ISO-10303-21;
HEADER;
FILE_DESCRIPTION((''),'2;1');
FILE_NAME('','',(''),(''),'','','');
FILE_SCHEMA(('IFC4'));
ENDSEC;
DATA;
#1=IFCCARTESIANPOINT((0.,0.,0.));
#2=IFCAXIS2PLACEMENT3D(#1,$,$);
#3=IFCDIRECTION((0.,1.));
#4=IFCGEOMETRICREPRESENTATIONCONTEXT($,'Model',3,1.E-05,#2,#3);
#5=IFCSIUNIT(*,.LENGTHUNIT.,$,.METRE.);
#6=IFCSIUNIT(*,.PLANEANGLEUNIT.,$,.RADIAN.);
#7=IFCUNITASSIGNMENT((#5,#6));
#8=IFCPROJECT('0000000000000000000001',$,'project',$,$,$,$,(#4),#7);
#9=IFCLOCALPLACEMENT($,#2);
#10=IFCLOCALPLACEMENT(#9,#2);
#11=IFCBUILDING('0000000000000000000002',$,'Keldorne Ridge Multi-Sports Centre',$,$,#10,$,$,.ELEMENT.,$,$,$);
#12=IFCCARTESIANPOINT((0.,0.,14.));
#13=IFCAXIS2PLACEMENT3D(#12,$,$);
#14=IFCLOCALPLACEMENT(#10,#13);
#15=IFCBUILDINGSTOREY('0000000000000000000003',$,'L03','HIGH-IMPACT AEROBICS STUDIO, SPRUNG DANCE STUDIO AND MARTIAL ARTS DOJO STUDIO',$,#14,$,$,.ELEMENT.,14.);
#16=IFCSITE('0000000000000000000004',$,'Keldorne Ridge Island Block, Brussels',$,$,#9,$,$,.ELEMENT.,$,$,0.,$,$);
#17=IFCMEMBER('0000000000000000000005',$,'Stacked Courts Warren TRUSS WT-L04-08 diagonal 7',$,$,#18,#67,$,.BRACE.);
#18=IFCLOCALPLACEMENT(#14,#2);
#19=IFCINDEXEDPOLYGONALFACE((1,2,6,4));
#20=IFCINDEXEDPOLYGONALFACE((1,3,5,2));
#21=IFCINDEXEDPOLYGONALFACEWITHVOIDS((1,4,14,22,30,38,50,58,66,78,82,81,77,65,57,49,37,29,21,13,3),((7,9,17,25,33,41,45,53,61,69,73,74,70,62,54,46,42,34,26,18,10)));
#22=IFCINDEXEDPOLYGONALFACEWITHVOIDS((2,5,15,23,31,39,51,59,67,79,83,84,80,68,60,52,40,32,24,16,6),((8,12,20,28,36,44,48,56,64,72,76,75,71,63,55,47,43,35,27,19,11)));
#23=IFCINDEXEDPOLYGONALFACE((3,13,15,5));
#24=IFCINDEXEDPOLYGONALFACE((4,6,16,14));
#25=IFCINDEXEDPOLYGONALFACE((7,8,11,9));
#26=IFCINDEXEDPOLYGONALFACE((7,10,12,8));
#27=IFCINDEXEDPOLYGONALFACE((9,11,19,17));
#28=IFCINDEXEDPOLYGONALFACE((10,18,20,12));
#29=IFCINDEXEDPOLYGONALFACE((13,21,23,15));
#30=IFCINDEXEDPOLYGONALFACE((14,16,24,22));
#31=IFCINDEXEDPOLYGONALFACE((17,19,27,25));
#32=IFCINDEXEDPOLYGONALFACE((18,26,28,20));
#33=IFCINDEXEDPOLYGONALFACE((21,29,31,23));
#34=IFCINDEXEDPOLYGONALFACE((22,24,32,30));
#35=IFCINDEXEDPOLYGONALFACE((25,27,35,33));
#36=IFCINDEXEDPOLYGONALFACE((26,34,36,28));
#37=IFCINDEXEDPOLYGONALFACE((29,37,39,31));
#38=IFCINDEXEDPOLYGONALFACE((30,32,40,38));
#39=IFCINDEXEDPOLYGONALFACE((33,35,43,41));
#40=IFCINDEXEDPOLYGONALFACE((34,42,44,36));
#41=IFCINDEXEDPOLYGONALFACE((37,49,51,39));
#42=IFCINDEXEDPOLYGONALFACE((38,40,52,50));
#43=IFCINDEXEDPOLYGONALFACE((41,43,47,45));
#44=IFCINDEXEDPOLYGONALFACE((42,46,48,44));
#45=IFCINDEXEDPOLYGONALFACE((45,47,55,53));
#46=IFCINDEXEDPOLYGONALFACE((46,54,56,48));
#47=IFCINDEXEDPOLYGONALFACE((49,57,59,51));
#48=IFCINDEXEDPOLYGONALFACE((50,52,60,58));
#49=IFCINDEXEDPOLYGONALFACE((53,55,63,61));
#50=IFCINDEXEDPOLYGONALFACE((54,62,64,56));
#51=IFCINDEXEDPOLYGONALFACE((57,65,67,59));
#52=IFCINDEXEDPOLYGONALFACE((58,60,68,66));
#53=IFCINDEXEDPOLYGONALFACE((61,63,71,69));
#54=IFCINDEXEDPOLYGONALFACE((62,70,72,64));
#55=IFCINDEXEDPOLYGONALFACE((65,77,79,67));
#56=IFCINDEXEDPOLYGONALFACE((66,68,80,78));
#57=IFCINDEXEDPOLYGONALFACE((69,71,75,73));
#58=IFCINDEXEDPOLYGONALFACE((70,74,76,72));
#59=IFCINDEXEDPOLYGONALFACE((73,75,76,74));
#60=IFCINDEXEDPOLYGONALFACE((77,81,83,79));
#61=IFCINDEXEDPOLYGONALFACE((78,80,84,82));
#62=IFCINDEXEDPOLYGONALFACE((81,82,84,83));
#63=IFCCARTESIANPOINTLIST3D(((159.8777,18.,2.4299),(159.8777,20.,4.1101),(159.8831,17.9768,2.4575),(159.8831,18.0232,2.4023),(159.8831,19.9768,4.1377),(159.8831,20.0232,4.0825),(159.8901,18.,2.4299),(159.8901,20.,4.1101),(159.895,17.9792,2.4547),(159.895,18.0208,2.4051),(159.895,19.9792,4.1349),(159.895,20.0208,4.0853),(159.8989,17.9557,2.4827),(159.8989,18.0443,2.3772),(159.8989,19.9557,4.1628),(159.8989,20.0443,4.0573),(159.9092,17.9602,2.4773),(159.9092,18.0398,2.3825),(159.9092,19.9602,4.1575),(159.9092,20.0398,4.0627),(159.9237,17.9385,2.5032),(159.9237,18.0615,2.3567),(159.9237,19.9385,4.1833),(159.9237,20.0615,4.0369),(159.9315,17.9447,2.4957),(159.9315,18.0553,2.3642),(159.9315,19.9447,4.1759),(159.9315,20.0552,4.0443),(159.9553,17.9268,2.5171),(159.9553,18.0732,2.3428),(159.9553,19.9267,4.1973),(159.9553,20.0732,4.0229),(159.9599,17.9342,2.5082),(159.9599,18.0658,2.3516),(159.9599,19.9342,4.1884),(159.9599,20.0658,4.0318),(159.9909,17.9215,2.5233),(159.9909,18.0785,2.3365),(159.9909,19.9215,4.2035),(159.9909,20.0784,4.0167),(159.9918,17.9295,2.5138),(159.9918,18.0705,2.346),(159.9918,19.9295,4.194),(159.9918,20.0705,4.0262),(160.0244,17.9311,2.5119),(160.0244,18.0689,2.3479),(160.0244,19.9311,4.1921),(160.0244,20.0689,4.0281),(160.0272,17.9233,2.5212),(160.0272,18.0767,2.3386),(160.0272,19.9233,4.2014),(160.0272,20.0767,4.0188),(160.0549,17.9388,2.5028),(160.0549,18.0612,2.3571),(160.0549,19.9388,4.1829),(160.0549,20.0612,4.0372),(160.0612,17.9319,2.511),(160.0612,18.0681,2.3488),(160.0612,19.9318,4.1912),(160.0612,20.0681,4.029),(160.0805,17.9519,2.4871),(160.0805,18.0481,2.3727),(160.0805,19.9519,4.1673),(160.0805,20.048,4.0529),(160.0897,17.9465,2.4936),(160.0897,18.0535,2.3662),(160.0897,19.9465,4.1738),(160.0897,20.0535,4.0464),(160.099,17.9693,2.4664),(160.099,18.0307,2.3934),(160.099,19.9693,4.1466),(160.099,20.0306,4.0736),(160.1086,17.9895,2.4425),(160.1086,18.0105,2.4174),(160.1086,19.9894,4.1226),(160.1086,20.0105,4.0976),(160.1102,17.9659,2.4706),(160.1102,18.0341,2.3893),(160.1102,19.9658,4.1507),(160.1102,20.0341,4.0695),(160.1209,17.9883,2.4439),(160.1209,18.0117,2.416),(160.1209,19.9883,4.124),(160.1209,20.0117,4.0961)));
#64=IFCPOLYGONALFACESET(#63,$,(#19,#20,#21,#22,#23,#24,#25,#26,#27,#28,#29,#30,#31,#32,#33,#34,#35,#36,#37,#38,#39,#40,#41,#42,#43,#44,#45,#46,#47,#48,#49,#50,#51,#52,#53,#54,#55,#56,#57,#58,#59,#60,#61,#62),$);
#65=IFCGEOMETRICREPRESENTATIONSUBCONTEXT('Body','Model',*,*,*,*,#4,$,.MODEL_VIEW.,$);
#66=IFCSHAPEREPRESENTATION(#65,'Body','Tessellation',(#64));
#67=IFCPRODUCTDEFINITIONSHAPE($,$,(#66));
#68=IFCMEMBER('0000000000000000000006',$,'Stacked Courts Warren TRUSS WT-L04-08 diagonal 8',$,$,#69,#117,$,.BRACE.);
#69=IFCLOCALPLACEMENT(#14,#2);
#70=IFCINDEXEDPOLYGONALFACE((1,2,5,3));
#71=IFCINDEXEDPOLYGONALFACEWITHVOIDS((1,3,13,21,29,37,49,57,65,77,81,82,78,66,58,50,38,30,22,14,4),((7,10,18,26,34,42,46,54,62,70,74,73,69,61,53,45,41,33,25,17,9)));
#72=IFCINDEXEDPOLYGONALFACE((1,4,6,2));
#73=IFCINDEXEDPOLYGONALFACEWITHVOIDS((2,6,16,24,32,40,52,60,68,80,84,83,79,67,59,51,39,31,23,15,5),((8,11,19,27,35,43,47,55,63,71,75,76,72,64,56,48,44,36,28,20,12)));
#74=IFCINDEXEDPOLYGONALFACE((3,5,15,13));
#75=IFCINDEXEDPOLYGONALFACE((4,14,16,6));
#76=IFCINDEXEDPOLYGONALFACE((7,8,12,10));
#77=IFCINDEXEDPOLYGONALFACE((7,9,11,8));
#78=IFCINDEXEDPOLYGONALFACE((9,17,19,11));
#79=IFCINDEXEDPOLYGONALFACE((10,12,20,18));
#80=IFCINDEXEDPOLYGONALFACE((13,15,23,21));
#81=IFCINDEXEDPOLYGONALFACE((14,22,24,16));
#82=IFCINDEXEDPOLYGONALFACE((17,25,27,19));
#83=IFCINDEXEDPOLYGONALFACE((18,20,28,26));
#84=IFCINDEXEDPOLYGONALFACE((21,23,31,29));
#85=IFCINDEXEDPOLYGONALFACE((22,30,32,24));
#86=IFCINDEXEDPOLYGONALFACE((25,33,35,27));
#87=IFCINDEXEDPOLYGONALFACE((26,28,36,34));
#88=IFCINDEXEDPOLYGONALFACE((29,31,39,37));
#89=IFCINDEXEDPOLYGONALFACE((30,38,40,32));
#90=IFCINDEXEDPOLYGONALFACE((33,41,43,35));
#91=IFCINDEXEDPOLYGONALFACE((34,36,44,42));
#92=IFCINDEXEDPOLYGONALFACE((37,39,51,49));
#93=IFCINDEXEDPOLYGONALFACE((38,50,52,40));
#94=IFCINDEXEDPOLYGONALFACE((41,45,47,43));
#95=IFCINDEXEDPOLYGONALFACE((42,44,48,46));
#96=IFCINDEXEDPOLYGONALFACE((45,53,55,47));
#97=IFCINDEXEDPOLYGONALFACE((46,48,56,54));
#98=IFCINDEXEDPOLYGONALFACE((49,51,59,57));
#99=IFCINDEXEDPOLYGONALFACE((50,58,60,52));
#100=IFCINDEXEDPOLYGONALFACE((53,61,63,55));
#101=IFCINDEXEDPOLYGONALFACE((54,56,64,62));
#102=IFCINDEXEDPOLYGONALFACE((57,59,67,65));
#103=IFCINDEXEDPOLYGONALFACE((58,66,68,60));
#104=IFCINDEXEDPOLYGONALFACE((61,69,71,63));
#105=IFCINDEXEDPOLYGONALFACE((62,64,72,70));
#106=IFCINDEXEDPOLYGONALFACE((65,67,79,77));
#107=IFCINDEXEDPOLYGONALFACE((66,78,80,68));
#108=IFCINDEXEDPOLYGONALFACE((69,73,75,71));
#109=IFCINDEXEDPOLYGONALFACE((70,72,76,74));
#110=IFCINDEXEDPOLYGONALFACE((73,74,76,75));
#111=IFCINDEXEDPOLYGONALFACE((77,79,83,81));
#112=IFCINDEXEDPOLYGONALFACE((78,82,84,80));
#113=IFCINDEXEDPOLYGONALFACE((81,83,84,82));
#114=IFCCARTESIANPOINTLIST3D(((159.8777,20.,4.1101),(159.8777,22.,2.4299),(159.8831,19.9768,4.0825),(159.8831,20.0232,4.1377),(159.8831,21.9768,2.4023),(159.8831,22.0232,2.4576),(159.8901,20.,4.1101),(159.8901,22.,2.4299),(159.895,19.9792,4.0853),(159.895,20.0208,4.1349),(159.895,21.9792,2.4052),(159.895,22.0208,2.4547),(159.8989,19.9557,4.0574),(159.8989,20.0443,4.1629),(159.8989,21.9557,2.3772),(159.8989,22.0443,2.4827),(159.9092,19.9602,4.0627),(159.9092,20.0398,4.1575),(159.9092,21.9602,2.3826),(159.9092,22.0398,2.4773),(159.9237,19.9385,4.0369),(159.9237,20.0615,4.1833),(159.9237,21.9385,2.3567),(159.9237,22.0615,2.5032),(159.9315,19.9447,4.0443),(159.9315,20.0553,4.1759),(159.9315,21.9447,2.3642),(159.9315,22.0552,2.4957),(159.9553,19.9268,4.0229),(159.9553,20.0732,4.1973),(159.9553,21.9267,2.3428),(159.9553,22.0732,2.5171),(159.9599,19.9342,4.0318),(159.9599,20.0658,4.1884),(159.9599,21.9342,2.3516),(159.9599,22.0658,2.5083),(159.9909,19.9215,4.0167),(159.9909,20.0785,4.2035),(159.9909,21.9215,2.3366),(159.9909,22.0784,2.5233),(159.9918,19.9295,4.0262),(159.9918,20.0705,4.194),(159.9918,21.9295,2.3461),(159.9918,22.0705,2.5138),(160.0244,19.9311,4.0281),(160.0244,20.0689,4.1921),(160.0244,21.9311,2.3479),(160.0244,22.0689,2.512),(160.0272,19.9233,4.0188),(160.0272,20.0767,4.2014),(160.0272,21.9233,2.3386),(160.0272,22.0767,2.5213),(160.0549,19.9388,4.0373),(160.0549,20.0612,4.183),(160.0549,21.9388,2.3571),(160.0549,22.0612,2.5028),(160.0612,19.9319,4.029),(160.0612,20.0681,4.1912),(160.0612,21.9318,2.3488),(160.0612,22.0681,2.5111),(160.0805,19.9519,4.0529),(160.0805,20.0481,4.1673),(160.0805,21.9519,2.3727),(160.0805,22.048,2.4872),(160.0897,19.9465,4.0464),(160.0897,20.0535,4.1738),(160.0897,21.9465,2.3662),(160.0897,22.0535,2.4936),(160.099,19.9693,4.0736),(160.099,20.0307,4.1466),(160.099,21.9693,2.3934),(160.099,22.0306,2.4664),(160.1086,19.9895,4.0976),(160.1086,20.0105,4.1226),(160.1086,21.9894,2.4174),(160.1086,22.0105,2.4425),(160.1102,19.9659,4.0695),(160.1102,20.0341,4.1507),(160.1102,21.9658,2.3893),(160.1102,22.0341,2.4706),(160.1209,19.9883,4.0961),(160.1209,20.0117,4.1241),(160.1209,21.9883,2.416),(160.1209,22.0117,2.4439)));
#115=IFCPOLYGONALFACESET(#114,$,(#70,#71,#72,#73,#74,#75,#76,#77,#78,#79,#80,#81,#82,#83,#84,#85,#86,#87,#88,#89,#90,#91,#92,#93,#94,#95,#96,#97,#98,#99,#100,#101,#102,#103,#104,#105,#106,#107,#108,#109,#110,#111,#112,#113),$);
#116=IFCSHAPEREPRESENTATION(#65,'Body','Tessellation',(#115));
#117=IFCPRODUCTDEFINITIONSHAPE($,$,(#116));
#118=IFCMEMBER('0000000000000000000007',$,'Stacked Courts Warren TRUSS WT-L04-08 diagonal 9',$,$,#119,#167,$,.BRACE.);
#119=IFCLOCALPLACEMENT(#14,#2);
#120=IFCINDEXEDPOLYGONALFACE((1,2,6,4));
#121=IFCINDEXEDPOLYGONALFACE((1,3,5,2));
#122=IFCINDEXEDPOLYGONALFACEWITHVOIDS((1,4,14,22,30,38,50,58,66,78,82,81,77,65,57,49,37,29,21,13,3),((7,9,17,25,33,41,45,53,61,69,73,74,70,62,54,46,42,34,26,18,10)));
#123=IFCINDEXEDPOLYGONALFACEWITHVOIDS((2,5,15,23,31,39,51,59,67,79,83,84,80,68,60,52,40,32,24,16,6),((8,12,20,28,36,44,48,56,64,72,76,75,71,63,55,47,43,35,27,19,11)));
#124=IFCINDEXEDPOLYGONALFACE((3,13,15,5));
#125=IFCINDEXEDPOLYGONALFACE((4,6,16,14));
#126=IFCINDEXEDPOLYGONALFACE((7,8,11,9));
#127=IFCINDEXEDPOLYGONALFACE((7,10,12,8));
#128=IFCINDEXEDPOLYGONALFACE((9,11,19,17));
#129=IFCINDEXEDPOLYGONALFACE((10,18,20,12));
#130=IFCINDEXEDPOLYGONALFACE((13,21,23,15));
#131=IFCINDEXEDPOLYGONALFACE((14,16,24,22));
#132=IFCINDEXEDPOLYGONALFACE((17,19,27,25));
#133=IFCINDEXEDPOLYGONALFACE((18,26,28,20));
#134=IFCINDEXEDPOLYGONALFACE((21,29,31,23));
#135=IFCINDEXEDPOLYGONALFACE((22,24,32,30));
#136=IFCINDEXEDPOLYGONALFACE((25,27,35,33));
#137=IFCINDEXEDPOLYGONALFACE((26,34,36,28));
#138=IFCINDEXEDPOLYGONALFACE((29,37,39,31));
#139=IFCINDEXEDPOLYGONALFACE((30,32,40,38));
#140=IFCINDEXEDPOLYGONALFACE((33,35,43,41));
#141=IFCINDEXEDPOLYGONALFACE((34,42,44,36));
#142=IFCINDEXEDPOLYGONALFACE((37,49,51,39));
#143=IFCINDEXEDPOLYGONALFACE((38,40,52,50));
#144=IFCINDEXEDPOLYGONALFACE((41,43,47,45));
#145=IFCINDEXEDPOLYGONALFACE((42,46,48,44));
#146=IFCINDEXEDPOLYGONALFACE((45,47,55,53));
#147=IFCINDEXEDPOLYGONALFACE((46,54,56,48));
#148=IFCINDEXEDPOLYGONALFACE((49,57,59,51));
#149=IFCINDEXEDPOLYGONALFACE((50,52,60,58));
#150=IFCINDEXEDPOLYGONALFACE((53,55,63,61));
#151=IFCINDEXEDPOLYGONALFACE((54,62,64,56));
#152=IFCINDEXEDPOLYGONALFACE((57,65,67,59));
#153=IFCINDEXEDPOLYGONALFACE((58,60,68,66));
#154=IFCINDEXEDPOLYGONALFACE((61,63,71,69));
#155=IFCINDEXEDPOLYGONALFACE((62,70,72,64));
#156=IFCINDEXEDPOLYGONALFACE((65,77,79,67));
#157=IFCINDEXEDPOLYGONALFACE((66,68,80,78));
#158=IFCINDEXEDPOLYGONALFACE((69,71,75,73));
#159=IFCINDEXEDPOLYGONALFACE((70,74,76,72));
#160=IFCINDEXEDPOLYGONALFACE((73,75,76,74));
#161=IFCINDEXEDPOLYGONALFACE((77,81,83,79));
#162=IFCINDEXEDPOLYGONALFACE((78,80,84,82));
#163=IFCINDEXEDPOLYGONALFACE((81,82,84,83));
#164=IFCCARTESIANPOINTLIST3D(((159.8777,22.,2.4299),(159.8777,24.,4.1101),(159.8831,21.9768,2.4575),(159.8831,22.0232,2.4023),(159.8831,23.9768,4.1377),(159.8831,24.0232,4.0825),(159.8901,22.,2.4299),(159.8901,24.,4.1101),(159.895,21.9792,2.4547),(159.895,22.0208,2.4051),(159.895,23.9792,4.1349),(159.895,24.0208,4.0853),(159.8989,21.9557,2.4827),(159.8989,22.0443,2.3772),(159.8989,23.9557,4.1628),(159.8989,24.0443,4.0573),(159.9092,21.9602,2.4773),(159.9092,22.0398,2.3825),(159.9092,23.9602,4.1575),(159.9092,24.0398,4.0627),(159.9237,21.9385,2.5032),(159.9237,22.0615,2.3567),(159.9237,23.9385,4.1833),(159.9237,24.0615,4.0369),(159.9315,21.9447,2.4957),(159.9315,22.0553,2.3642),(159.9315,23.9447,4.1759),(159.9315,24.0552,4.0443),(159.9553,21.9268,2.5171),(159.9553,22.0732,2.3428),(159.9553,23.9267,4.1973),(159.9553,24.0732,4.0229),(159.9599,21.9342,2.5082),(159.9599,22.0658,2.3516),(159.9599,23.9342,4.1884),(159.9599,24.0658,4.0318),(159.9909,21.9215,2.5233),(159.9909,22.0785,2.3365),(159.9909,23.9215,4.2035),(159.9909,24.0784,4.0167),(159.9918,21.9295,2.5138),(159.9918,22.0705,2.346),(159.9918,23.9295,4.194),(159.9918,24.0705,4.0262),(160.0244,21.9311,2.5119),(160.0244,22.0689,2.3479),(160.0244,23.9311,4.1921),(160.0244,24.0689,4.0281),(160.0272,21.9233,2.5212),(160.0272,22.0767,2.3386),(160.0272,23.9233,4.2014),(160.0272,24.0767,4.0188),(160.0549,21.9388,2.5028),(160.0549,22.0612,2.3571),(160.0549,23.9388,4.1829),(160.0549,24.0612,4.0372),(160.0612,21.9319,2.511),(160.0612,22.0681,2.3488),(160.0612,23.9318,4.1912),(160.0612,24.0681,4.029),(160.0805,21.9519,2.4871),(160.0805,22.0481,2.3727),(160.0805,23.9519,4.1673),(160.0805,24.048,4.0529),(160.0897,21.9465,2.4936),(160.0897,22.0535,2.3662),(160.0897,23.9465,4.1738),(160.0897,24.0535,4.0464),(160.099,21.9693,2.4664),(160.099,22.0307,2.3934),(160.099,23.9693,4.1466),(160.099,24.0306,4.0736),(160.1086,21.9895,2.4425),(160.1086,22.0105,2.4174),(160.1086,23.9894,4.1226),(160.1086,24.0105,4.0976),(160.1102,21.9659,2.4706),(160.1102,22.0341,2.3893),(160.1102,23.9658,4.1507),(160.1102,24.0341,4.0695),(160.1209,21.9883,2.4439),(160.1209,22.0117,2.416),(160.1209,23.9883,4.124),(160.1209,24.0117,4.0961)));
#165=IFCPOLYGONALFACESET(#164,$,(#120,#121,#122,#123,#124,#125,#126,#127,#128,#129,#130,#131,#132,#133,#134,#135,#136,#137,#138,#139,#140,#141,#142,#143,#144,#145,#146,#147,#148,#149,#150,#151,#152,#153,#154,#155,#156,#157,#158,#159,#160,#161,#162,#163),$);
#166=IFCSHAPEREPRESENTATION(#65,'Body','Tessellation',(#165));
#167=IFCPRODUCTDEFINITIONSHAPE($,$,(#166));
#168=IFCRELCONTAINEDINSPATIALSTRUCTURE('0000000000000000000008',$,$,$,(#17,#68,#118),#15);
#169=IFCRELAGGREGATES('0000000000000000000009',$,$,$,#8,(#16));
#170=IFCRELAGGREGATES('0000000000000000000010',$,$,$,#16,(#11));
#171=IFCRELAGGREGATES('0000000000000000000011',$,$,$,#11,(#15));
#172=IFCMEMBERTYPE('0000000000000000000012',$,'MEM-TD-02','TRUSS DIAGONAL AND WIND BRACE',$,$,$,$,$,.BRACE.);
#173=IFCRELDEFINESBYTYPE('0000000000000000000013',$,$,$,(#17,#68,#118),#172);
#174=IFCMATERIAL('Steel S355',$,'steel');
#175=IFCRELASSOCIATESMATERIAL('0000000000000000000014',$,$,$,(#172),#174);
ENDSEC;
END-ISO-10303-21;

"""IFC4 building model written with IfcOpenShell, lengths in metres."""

from ifc_helpers import new_model, si_unit, direction, frame, origin, origin_2d, place, context, subcontext, project, spatial, hollow_circle, extrude, material, material_profile, profile_set, type_object, element, save


model = new_model("IFC4")

# Units and contexts
model_context = context("Model", 3, precision=1e-05, world=origin(), true_north=direction((0.0, 1.0)))
body_context = subcontext(model_context, "Body", "Model", "MODEL_VIEW")
ifc_project = project(units=[si_unit("LENGTHUNIT", "METRE"), si_unit("PLANEANGLEUNIT", "RADIAN")], contexts=[model_context])

# Site, building, storey
site_placement = place(None, origin())
site = spatial("IfcSite", under=ifc_project, at=site_placement, Name="Keldorne Ridge Island Block, Brussels", CompositionType="ELEMENT", RefElevation=0.0)
building_placement = place(site_placement, origin())
building = spatial("IfcBuilding", under=site, at=building_placement, Name="Keldorne Ridge Multi-Sports Centre", CompositionType="ELEMENT")
storey_placement = place(building_placement, frame((0.0, 0.0, 14.0)))
storey = spatial("IfcBuildingStorey", under=building, at=storey_placement, Name="L03", Description="HIGH-IMPACT AEROBICS STUDIO, SPRUNG DANCE STUDIO AND MARTIAL ARTS DOJO STUDIO", CompositionType="ELEMENT", Elevation=14.0)

# Members
ifc_material = material(Name="Steel S355", Category="steel")
ifc_material_profile_1 = material_profile(ifc_material, hollow_circle(Radius=0.1223, WallThickness=0.0125, at=origin_2d()), Name="CHS 244.5x12.5")
ifc_profile_set_1 = profile_set([ifc_material_profile_1], Name="Steel S355")
member_type_1 = type_object("IfcMemberType", Name="MEM-TD-02", Description="TRUSS DIAGONAL AND WIND BRACE", PredefinedType="BRACE", material=ifc_profile_set_1)
for number, where, z_axis, x_axis, name in (
    (1, (160.0, 18.0, 2.4299), (0.0, 0.765672, 0.643232), (-1.0, 0.0, 0.0), "Stacked Courts Warren TRUSS WT-L04-08 diagonal 7"),
    (2, (160.0, 20.0, 4.1101), (0.0, 0.765672, -0.643232), (-1.0, 0.0, 0.0), "Stacked Courts Warren TRUSS WT-L04-08 diagonal 8"),
    (3, (160.0, 22.0, 2.4299), (0.0, 0.765672, 0.643232), (-1.0, 0.0, 0.0), "Stacked Courts Warren TRUSS WT-L04-08 diagonal 9"),
):
    element("IfcMember", number, at=place(storey_placement, frame(where, z_axis=z_axis, x_axis=x_axis)), inside=storey, type_object=member_type_1, Name=name, PredefinedType="BRACE", context=body_context, shape_type="SweptSolid", body=[
        extrude(hollow_circle(Radius=0.1223, WallThickness=0.0125, at=origin_2d()), origin(), (0.0, 0.0, 1.0), 2.6121),
    ])

save(model, "model.ifc")
